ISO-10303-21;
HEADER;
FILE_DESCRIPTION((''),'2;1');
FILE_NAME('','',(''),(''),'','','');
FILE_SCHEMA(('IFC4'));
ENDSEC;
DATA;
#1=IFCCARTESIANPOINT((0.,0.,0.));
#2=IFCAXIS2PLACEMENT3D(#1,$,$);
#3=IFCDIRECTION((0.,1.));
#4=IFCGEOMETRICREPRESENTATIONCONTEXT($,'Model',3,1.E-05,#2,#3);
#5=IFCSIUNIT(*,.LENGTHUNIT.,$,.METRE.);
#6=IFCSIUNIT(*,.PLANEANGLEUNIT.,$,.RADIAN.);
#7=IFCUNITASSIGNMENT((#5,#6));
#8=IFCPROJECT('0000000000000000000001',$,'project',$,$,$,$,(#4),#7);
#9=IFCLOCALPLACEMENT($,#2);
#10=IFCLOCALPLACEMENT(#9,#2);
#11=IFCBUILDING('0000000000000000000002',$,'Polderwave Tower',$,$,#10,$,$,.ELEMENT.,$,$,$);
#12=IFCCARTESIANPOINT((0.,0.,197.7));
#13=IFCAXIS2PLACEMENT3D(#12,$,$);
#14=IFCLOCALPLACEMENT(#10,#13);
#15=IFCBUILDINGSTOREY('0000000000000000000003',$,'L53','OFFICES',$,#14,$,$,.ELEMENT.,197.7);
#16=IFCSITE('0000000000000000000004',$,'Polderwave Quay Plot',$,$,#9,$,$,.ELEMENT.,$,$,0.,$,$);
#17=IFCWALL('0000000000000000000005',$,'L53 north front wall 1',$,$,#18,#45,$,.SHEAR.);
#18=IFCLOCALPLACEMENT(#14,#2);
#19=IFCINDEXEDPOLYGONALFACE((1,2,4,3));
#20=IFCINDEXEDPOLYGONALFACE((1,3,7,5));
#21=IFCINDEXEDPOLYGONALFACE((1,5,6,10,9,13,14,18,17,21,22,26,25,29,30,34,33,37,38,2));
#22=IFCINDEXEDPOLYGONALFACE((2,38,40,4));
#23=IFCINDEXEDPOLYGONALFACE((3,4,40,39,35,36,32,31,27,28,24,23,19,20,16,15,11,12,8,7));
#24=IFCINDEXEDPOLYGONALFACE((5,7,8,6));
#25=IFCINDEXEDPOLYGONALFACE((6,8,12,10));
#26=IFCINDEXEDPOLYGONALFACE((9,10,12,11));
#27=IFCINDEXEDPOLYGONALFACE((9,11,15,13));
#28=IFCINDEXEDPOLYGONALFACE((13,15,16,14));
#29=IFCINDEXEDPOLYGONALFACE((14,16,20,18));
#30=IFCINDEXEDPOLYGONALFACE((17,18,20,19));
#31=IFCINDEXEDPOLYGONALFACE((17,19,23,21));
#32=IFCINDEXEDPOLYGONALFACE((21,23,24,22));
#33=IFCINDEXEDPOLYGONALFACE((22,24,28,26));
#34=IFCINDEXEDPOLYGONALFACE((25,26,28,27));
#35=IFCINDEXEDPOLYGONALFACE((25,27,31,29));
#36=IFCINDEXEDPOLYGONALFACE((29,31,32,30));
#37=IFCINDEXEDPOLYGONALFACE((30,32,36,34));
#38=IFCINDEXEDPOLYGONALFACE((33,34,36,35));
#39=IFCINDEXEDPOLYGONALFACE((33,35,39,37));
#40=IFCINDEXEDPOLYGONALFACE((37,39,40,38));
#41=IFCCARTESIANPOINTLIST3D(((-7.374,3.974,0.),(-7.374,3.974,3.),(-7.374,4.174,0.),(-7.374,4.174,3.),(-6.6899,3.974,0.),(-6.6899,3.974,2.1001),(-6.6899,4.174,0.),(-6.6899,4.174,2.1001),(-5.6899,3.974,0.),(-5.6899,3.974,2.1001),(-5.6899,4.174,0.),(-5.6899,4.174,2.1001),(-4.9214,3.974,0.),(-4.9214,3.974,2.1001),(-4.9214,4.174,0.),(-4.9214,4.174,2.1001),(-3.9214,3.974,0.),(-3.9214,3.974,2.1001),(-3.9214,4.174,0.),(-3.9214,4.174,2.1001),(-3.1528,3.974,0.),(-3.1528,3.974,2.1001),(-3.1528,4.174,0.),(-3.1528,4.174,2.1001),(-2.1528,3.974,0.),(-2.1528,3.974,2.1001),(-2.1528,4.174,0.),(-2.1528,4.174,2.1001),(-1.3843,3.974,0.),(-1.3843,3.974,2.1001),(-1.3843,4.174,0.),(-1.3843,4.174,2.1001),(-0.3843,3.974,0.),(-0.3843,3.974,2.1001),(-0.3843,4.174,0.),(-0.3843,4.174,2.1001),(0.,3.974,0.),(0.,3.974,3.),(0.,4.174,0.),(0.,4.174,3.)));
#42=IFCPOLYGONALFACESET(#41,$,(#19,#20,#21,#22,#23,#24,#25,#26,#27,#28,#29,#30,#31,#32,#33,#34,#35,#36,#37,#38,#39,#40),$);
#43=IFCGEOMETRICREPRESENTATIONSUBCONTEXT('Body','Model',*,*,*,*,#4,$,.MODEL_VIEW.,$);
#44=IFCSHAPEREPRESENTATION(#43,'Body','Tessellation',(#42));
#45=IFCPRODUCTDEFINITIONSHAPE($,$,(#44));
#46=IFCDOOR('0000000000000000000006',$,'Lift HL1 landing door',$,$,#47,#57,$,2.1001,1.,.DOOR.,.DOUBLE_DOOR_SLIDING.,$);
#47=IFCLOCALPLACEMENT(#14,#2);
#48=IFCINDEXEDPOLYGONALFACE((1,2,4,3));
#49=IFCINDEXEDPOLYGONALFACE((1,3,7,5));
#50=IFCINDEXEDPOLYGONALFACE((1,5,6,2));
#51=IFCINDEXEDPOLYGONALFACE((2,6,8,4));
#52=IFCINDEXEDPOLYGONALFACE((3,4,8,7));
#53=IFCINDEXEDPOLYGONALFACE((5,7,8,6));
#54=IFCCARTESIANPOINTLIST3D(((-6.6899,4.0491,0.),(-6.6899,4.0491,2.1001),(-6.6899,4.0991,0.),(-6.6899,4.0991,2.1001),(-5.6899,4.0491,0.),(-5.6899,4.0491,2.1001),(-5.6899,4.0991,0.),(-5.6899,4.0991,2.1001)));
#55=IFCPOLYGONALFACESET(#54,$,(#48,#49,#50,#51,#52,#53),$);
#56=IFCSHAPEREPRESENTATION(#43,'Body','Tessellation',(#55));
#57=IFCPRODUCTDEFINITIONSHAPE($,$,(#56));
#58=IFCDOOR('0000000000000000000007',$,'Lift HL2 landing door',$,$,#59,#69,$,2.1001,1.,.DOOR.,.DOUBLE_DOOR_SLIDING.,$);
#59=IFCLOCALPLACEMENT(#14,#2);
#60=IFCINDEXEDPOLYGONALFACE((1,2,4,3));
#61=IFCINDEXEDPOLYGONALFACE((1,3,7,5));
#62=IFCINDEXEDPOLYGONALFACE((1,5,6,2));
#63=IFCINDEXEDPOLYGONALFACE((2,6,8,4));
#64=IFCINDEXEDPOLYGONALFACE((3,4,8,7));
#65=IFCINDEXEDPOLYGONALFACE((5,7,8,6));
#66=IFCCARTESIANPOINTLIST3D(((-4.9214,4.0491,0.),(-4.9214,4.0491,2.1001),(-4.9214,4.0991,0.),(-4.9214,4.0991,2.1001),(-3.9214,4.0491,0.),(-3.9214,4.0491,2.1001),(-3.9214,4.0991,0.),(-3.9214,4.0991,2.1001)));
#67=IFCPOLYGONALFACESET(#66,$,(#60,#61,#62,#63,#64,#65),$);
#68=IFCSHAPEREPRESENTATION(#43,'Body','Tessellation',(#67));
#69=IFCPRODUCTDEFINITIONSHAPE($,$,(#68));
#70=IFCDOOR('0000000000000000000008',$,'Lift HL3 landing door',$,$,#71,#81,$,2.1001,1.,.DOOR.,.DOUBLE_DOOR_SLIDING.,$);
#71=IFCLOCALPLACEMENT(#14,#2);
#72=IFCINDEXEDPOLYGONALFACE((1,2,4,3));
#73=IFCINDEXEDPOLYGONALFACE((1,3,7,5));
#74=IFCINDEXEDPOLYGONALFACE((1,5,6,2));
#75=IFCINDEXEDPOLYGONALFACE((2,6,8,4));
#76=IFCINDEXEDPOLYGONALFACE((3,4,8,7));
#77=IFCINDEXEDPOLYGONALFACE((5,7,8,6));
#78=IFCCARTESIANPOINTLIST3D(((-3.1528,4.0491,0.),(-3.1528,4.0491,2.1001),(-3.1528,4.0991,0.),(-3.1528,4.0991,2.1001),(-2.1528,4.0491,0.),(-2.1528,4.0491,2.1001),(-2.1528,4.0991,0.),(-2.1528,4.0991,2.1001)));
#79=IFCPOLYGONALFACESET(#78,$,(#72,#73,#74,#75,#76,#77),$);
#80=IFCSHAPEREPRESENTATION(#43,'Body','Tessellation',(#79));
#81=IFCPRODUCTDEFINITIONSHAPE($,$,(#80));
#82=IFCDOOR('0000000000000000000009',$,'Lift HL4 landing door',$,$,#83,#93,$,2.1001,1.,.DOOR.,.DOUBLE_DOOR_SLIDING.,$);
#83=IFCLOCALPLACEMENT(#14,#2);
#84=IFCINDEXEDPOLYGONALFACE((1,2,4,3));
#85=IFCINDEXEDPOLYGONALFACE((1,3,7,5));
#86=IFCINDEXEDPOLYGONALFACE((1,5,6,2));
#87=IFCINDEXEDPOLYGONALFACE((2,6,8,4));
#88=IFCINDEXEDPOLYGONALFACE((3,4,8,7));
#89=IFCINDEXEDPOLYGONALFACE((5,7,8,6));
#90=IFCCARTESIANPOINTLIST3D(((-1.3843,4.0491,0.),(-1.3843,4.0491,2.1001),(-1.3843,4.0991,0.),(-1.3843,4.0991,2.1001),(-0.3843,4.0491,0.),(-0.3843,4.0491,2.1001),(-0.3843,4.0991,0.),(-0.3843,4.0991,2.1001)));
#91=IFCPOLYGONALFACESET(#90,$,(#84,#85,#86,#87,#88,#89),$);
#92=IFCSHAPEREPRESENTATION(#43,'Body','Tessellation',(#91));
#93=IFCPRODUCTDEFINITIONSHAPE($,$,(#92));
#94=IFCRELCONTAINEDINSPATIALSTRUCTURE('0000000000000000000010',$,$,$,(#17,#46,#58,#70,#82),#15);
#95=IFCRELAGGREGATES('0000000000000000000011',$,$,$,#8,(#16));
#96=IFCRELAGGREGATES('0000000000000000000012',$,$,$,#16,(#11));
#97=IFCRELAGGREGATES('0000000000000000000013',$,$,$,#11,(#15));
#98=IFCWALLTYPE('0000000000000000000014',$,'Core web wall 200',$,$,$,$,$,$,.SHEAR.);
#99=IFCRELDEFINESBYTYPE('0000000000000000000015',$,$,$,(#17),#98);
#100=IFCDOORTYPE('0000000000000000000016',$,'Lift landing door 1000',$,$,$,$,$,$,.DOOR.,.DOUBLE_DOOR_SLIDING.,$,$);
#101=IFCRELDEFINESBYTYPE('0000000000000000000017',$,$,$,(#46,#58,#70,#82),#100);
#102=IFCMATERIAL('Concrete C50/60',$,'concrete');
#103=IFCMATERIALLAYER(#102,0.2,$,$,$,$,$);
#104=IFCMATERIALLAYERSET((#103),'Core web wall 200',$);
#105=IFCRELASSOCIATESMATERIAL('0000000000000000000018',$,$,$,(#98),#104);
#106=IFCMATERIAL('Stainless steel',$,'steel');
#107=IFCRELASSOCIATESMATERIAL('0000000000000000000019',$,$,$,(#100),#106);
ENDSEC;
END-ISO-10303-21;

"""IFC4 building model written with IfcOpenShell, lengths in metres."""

from ifc_helpers import new_model, si_unit, direction, frame, frame_2d, origin, place, context, subcontext, project, spatial, rectangle, extrude, material, layer, layer_set, type_object, element, fill, save


model = new_model("IFC4")

# Units and contexts
model_context = context("Model", 3, precision=1e-05, world=origin(), true_north=direction((0.0, 1.0)))
body_context = subcontext(model_context, "Body", "Model", "MODEL_VIEW")
ifc_project = project(units=[si_unit("LENGTHUNIT", "METRE"), si_unit("PLANEANGLEUNIT", "RADIAN")], contexts=[model_context])

# Site, building, storey
site_placement = place(None, origin())
site = spatial("IfcSite", under=ifc_project, at=site_placement, Name="Polderwave Quay Plot", CompositionType="ELEMENT", RefElevation=0.0)
building_placement = place(site_placement, origin())
building = spatial("IfcBuilding", under=site, at=building_placement, Name="Polderwave Tower", CompositionType="ELEMENT")
storey_placement = place(building_placement, frame((0.0, 0.0, 197.7)))
storey = spatial("IfcBuildingStorey", under=building, at=storey_placement, Name="L53", Description="OFFICES", CompositionType="ELEMENT", Elevation=197.7)

# Wall, openings, doors
ifc_material_1 = material(Name="Concrete C50/60", Category="concrete")
ifc_layer_1 = layer(ifc_material_1, 0.2)
ifc_layer_set_1 = layer_set([ifc_layer_1], Name="Core web wall 200")
wall_type_1 = type_object("IfcWallType", Name="Core web wall 200", PredefinedType="SHEAR", material=ifc_layer_set_1)
wall_1_placement = place(storey_placement, frame((-7.374, 4.074, 0.0), z_axis=(0.0, 0.0, 1.0), x_axis=(1.0, 0.0, 0.0)))
wall_1 = element("IfcWall", 1, at=wall_1_placement, inside=storey, type_object=wall_type_1, Name="L53 north front wall 1", PredefinedType="SHEAR", context=body_context, shape_type="SweptSolid", body=[
    extrude(rectangle(XDim=7.374, YDim=0.2, at=frame_2d((3.687, 0.0))), origin(), (0.0, 0.0, 1.0), 3.0),
])
opening_1_placement = place(wall_1_placement, frame((0.6841, 0.0, 0.0)))
opening_1 = element("IfcOpeningElement", 2, at=opening_1_placement, cuts=wall_1, PredefinedType="OPENING", context=body_context, shape_type="SweptSolid", body=[
    extrude(rectangle(XDim=1.0, YDim=2.1001, at=frame_2d((0.5, 1.05))), frame((0.0, 0.1099, 0.0), z_axis=(0.0, -1.0, 0.0), x_axis=(1.0, 0.0, 0.0)), (0.0, 0.0, 1.0), 0.22),
])
opening_2_placement = place(wall_1_placement, frame((2.4526, 0.0, 0.0)))
opening_2 = element("IfcOpeningElement", 3, at=opening_2_placement, cuts=wall_1, PredefinedType="OPENING", context=body_context, shape_type="SweptSolid", body=[
    extrude(rectangle(XDim=1.0, YDim=2.1001, at=frame_2d((0.5, 1.05))), frame((0.0, 0.1099, 0.0), z_axis=(0.0, -1.0, 0.0), x_axis=(1.0, 0.0, 0.0)), (0.0, 0.0, 1.0), 0.22),
])
opening_3_placement = place(wall_1_placement, frame((4.2212, 0.0, 0.0)))
opening_3 = element("IfcOpeningElement", 4, at=opening_3_placement, cuts=wall_1, PredefinedType="OPENING", context=body_context, shape_type="SweptSolid", body=[
    extrude(rectangle(XDim=1.0, YDim=2.1001, at=frame_2d((0.5, 1.05))), frame((0.0, 0.1099, 0.0), z_axis=(0.0, -1.0, 0.0), x_axis=(1.0, 0.0, 0.0)), (0.0, 0.0, 1.0), 0.22),
])
opening_4_placement = place(wall_1_placement, frame((5.9897, 0.0, 0.0)))
opening_4 = element("IfcOpeningElement", 5, at=opening_4_placement, cuts=wall_1, PredefinedType="OPENING", context=body_context, shape_type="SweptSolid", body=[
    extrude(rectangle(XDim=1.0, YDim=2.1001, at=frame_2d((0.5, 1.05))), frame((0.0, 0.1099, 0.0), z_axis=(0.0, -1.0, 0.0), x_axis=(1.0, 0.0, 0.0)), (0.0, 0.0, 1.0), 0.22),
])
ifc_material_2 = material(Name="Stainless steel", Category="steel")
door_type_1 = type_object("IfcDoorType", Name="Lift landing door 1000", OperationType="DOUBLE_DOOR_SLIDING", PredefinedType="DOOR", material=ifc_material_2)
door_1_placement = place(opening_1_placement, frame((1.0, 0.0, 0.0), z_axis=(0.0, 0.0, 1.0), x_axis=(-1.0, 0.0, 0.0)))
door_1 = element("IfcDoor", 6, at=door_1_placement, inside=storey, type_object=door_type_1, Name="Lift HL1 landing door", OperationType="DOUBLE_DOOR_SLIDING", OverallHeight=2.1001, OverallWidth=1.0, PredefinedType="DOOR", context=body_context, shape_type="SweptSolid", body=[
    extrude(rectangle(XDim=1.0, YDim=2.1001, at=frame_2d((0.5, 1.05))), frame((0.0, 0.0249, 0.0), z_axis=(0.0, -1.0, 0.0), x_axis=(1.0, 0.0, 0.0)), (0.0, 0.0, 1.0), 0.05),
])
fill(opening_1, door_1)
door_2_placement = place(opening_2_placement, frame((1.0, 0.0, 0.0), z_axis=(0.0, 0.0, 1.0), x_axis=(-1.0, 0.0, 0.0)))
door_2 = element("IfcDoor", 7, at=door_2_placement, inside=storey, type_object=door_type_1, Name="Lift HL2 landing door", OperationType="DOUBLE_DOOR_SLIDING", OverallHeight=2.1001, OverallWidth=1.0, PredefinedType="DOOR", context=body_context, shape_type="SweptSolid", body=[
    extrude(rectangle(XDim=1.0, YDim=2.1001, at=frame_2d((0.5, 1.05))), frame((0.0, 0.0249, 0.0), z_axis=(0.0, -1.0, 0.0), x_axis=(1.0, 0.0, 0.0)), (0.0, 0.0, 1.0), 0.05),
])
fill(opening_2, door_2)
door_3_placement = place(opening_3_placement, frame((1.0, 0.0, 0.0), z_axis=(0.0, 0.0, 1.0), x_axis=(-1.0, 0.0, 0.0)))
door_3 = element("IfcDoor", 8, at=door_3_placement, inside=storey, type_object=door_type_1, Name="Lift HL3 landing door", OperationType="DOUBLE_DOOR_SLIDING", OverallHeight=2.1001, OverallWidth=1.0, PredefinedType="DOOR", context=body_context, shape_type="SweptSolid", body=[
    extrude(rectangle(XDim=1.0, YDim=2.1001, at=frame_2d((0.5, 1.05))), frame((0.0, 0.0249, 0.0), z_axis=(0.0, -1.0, 0.0), x_axis=(1.0, 0.0, 0.0)), (0.0, 0.0, 1.0), 0.05),
])
fill(opening_3, door_3)
door_4_placement = place(opening_4_placement, frame((1.0, 0.0, 0.0), z_axis=(0.0, 0.0, 1.0), x_axis=(-1.0, 0.0, 0.0)))
door_4 = element("IfcDoor", 9, at=door_4_placement, inside=storey, type_object=door_type_1, Name="Lift HL4 landing door", OperationType="DOUBLE_DOOR_SLIDING", OverallHeight=2.1001, OverallWidth=1.0, PredefinedType="DOOR", context=body_context, shape_type="SweptSolid", body=[
    extrude(rectangle(XDim=1.0, YDim=2.1001, at=frame_2d((0.5, 1.05))), frame((0.0, 0.0249, 0.0), z_axis=(0.0, -1.0, 0.0), x_axis=(1.0, 0.0, 0.0)), (0.0, 0.0, 1.0), 0.05),
])
fill(opening_4, door_4)

save(model, "model.ifc")
